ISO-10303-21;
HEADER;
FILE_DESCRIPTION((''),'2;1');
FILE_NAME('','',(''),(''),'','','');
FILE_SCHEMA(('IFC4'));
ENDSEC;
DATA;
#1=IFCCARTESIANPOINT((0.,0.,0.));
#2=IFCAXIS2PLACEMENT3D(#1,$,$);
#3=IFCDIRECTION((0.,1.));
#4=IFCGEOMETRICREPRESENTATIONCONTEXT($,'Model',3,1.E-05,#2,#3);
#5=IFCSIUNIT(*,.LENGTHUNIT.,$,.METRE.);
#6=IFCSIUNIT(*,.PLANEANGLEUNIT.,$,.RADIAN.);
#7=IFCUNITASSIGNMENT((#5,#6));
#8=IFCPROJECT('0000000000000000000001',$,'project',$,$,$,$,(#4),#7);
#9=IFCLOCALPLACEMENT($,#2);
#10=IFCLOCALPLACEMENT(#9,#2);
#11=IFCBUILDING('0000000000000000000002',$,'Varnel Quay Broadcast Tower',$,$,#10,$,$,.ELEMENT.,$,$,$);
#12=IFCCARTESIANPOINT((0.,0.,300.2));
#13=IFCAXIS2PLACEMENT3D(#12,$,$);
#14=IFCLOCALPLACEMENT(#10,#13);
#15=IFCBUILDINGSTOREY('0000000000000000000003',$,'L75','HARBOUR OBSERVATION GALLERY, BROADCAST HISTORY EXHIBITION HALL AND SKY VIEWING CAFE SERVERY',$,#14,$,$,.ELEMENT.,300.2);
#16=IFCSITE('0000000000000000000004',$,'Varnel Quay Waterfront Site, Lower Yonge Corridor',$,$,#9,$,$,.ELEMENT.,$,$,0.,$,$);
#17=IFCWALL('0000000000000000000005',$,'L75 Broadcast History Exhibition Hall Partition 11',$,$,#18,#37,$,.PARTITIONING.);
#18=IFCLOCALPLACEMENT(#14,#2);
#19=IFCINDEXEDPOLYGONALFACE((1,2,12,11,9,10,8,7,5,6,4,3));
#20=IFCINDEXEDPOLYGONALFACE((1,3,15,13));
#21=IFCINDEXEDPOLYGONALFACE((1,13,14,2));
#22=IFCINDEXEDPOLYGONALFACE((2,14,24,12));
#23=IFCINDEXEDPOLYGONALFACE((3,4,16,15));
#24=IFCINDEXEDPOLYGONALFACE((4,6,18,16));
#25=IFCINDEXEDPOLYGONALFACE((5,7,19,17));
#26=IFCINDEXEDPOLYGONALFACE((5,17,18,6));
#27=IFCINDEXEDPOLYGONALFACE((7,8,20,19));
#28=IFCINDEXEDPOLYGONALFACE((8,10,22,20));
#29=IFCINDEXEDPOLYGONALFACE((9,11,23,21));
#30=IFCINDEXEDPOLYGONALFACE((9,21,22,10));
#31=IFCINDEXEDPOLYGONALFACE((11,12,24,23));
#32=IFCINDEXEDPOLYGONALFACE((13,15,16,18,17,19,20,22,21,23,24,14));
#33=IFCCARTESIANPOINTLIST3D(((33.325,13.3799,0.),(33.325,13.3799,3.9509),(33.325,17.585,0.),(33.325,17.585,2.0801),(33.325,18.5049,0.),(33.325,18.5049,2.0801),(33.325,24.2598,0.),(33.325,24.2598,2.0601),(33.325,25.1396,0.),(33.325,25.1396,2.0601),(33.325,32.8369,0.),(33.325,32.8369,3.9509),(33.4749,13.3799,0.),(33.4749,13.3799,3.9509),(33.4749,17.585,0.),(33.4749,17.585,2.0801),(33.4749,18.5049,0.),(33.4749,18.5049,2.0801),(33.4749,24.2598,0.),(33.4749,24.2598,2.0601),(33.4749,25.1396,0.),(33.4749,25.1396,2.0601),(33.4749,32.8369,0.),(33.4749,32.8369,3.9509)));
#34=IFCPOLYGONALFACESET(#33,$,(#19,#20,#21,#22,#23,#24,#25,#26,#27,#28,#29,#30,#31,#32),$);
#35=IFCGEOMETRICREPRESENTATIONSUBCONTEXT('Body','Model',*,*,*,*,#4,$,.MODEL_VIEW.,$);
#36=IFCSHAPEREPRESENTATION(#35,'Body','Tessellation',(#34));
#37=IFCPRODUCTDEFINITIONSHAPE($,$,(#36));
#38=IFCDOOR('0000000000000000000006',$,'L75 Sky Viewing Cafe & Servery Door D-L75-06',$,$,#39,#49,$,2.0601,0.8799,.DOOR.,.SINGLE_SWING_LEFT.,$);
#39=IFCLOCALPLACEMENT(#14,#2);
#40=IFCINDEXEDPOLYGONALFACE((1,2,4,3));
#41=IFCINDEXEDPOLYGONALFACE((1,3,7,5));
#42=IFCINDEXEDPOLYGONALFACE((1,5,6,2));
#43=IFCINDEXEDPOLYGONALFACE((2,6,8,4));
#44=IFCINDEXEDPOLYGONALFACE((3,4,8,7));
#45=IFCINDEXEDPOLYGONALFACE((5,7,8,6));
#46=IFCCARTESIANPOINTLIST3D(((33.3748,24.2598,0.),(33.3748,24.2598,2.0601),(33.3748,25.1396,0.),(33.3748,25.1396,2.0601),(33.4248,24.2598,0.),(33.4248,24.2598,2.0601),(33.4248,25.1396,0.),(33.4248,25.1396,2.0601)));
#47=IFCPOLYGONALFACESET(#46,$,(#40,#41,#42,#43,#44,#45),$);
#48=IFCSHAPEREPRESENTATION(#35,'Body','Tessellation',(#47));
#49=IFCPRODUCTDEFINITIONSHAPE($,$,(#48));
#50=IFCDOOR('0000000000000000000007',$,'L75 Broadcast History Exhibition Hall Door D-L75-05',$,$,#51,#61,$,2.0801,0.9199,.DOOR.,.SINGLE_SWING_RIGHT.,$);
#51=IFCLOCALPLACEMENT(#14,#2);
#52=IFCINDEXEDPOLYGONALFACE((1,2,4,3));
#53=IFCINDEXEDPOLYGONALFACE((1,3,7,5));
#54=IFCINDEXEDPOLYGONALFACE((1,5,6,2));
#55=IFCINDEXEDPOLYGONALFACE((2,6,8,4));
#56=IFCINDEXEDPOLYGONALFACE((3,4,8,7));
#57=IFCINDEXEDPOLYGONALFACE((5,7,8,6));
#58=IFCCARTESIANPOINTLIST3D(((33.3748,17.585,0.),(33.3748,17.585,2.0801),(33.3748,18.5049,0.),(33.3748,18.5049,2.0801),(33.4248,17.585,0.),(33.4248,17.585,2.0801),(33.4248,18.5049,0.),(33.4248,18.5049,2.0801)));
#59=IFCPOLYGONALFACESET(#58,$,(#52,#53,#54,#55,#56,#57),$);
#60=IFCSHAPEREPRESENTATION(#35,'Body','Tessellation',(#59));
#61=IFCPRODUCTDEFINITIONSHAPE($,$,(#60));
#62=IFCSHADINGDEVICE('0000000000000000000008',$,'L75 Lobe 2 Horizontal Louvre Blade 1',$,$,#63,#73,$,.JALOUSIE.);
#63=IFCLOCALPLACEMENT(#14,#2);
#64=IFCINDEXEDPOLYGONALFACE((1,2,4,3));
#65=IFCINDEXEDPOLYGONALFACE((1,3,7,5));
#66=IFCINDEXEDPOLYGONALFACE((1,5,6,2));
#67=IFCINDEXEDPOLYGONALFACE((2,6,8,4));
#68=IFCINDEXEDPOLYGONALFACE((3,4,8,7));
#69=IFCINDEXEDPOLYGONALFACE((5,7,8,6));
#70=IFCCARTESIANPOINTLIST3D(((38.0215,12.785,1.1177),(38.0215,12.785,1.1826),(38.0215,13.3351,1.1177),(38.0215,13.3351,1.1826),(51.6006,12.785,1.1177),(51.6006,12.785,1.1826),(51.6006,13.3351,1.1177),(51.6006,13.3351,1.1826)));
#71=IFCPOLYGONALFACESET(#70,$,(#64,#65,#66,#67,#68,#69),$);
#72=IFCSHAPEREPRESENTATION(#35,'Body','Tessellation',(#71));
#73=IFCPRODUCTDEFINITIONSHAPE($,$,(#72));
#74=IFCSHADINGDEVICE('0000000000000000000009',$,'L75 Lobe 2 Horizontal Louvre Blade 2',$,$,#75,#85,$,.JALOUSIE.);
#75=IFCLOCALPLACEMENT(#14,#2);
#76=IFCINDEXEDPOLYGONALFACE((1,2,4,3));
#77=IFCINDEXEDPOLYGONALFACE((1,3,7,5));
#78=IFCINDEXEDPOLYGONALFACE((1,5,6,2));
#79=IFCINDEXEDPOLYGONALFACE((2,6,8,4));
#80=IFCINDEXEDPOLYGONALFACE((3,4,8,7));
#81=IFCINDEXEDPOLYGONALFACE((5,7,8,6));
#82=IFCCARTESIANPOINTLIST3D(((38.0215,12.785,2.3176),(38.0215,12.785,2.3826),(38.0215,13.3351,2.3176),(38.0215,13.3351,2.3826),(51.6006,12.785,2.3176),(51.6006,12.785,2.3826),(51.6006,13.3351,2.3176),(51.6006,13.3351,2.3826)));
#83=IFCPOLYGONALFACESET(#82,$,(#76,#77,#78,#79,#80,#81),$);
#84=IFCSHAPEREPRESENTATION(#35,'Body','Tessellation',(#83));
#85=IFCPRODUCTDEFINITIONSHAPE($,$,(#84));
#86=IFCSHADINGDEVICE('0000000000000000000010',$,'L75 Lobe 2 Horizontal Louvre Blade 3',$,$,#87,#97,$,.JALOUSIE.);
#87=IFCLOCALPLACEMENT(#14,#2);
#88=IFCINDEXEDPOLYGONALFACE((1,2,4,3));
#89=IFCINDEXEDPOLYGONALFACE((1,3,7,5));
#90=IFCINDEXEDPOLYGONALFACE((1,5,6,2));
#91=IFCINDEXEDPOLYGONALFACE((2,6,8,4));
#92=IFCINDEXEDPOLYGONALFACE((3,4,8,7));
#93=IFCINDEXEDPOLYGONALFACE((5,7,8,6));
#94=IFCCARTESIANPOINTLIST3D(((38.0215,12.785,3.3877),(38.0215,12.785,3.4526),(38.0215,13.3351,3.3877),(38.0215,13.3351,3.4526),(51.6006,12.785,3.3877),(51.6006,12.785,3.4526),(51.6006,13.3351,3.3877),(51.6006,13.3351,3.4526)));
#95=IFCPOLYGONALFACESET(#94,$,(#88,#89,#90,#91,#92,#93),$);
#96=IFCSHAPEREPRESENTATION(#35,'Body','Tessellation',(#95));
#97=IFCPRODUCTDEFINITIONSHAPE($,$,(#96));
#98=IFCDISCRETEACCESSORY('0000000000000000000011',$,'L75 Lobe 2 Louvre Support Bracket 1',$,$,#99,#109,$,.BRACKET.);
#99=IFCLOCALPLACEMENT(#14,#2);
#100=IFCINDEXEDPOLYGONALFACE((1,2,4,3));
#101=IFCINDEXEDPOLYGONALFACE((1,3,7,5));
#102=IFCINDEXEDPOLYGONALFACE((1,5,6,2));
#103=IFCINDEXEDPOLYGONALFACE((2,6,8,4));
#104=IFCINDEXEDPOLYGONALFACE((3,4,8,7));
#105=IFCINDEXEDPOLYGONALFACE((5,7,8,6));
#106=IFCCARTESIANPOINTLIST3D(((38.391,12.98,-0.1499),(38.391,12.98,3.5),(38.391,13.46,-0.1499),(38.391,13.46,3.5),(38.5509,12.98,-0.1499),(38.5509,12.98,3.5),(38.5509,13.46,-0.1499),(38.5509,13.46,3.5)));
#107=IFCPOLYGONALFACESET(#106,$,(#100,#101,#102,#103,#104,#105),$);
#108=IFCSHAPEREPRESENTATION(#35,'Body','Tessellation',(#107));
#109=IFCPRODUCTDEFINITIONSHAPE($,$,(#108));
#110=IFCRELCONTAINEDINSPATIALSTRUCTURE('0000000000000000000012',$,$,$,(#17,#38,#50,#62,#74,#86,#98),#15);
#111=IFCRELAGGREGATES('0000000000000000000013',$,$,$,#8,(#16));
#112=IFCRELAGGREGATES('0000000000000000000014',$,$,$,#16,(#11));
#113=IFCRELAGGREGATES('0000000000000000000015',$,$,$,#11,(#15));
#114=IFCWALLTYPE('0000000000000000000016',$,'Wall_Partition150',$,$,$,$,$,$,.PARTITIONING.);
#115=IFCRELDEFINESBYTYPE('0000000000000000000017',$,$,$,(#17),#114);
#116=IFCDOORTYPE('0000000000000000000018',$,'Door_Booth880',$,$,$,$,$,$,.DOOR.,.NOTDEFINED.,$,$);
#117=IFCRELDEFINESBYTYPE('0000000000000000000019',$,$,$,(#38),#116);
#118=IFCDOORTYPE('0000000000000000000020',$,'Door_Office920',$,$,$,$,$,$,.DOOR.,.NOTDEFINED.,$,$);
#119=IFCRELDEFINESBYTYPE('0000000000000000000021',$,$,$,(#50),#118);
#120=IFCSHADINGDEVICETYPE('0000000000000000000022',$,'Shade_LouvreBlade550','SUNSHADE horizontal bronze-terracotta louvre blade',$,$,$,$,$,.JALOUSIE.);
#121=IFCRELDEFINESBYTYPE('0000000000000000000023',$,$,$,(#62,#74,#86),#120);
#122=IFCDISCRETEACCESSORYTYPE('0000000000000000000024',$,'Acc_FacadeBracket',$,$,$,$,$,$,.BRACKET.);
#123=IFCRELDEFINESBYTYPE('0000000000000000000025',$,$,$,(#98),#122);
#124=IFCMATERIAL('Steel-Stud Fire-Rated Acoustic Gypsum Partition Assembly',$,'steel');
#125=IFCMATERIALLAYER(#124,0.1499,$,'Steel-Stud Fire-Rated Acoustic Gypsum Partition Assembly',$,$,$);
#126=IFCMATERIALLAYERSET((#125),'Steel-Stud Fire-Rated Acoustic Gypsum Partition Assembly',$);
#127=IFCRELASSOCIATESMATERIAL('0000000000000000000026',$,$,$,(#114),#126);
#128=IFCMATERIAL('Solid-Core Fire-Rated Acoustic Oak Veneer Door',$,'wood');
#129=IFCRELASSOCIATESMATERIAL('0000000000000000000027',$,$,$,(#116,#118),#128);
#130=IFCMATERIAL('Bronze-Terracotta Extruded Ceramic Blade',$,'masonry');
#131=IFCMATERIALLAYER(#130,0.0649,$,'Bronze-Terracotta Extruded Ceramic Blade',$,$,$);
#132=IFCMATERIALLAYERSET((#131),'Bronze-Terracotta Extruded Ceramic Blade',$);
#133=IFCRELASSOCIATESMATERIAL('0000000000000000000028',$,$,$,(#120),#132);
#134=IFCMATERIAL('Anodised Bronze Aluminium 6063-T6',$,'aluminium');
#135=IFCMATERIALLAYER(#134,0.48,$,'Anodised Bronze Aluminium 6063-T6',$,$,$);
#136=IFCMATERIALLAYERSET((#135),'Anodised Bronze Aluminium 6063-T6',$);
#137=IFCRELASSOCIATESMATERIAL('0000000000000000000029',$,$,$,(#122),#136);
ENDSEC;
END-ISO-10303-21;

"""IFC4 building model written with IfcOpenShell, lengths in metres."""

from ifc_helpers import new_model, si_unit, direction, frame, frame_2d, origin, origin_2d, place, context, subcontext, project, spatial, rectangle, extrude, source, transform, mapped, material, layer, layer_set, type_object, type_shapes, element, fill, save


model = new_model("IFC4")

# Units and contexts
model_context = context("Model", 3, precision=1e-05, world=origin(), true_north=direction((0.0, 1.0)))
body_context = subcontext(model_context, "Body", "Model", "MODEL_VIEW")
ifc_project = project(units=[si_unit("LENGTHUNIT", "METRE"), si_unit("PLANEANGLEUNIT", "RADIAN")], contexts=[model_context])

# Site, building, storey
site_placement = place(None, origin())
site = spatial("IfcSite", under=ifc_project, at=site_placement, Name="Varnel Quay Waterfront Site, Lower Yonge Corridor", CompositionType="ELEMENT", RefElevation=0.0)
building_placement = place(site_placement, origin())
building = spatial("IfcBuilding", under=site, at=building_placement, Name="Varnel Quay Broadcast Tower", CompositionType="ELEMENT")
storey_placement = place(building_placement, frame((0.0, 0.0, 300.2)))
storey = spatial("IfcBuildingStorey", under=building, at=storey_placement, Name="L75", Description="HARBOUR OBSERVATION GALLERY, BROADCAST HISTORY EXHIBITION HALL AND SKY VIEWING CAFE SERVERY", CompositionType="ELEMENT", Elevation=300.2)

# Shared definitions
ifc_material_1 = material(Name="Anodised Bronze Aluminium 6063-T6", Category="aluminium")

# Shared definitions
ifc_material_2 = material(Name="Steel-Stud Fire-Rated Acoustic Gypsum Partition Assembly", Category="steel")
ifc_layer_1 = layer(ifc_material_2, 0.1499, Name="Steel-Stud Fire-Rated Acoustic Gypsum Partition Assembly")
ifc_layer_set_1 = layer_set([ifc_layer_1], Name="Steel-Stud Fire-Rated Acoustic Gypsum Partition Assembly")
wall_type = type_object("IfcWallType", Name="Wall_Partition150", PredefinedType="PARTITIONING", material=ifc_layer_set_1)

# Wall, openings, doors
wall_1_placement = place(storey_placement, frame((33.3999, 13.3799, 0.0), z_axis=(0.0, 0.0, 1.0), x_axis=(0.0, 1.0, 0.0)))
wall_1 = element("IfcWall", 1, at=wall_1_placement, inside=storey, type_object=wall_type, Name="L75 Broadcast History Exhibition Hall Partition 11", PredefinedType="PARTITIONING", context=body_context, shape_type="SweptSolid", body=[
    extrude(rectangle(XDim=19.457, YDim=0.1499, at=frame_2d((9.7285, 0.0))), origin(), (0.0, 0.0, 1.0), 3.9509),
])
opening_1_placement = place(wall_1_placement, frame((4.2051, 0.0, 0.0)))
opening_1 = element("IfcOpeningElement", 2, at=opening_1_placement, cuts=wall_1, PredefinedType="OPENING", context=body_context, shape_type="SweptSolid", body=[
    extrude(rectangle(XDim=0.9199, YDim=2.0801, at=frame_2d((0.46, 1.04))), frame((0.0, 0.085, 0.0), z_axis=(0.0, -1.0, 0.0), x_axis=(1.0, 0.0, 0.0)), (0.0, 0.0, 1.0), 0.1699),
])
opening_2_placement = place(wall_1_placement, frame((10.8799, 0.0, 0.0)))
opening_2 = element("IfcOpeningElement", 3, at=opening_2_placement, cuts=wall_1, PredefinedType="OPENING", context=body_context, shape_type="SweptSolid", body=[
    extrude(rectangle(XDim=0.8799, YDim=2.0601, at=frame_2d((0.4399, 1.03))), frame((0.0, 0.085, 0.0), z_axis=(0.0, -1.0, 0.0), x_axis=(1.0, 0.0, 0.0)), (0.0, 0.0, 1.0), 0.1699),
])
ifc_material_3 = material(Name="Solid-Core Fire-Rated Acoustic Oak Veneer Door", Category="wood")
door_type_1 = type_object("IfcDoorType", Name="Door_Booth880", OperationType="NOTDEFINED", PredefinedType="DOOR", material=ifc_material_3)
shared_shape_1 = source(origin(), body_context, "Body", "SweptSolid", [
    extrude(rectangle(XDim=0.8799, YDim=2.0601, at=frame_2d((0.4399, 1.03))), frame((0.0, 0.0249, 0.0), z_axis=(0.0, -1.0, 0.0), x_axis=(1.0, 0.0, 0.0)), (0.0, 0.0, 1.0), 0.05),
])
type_shapes(door_type_1, [shared_shape_1])
door_1_placement = place(opening_2_placement, frame((0.8799, 0.0, 0.0), z_axis=(0.0, 0.0, 1.0), x_axis=(-1.0, 0.0, 0.0)))
door_1 = element("IfcDoor", 4, at=door_1_placement, inside=storey, type_object=door_type_1, Name="L75 Sky Viewing Cafe & Servery Door D-L75-06", OperationType="SINGLE_SWING_LEFT", OverallHeight=2.0601, OverallWidth=0.8799, PredefinedType="DOOR", context=body_context, shape_type="MappedRepresentation", body=[
    mapped(shared_shape_1, transform((0.0, 0.0, 0.0), x_axis=(1.0, 0.0, 0.0), y_axis=(0.0, 1.0, 0.0), z_axis=(0.0, 0.0, 1.0), scale=1.0)),
])
fill(opening_2, door_1)
door_type_2 = type_object("IfcDoorType", Name="Door_Office920", OperationType="NOTDEFINED", PredefinedType="DOOR", material=ifc_material_3)
shared_shape_2 = source(origin(), body_context, "Body", "SweptSolid", [
    extrude(rectangle(XDim=0.9199, YDim=2.0801, at=frame_2d((0.46, 1.04))), frame((0.0, 0.0249, 0.0), z_axis=(0.0, -1.0, 0.0), x_axis=(1.0, 0.0, 0.0)), (0.0, 0.0, 1.0), 0.05),
])
type_shapes(door_type_2, [shared_shape_2])
door_2_placement = place(opening_1_placement, frame((0.9199, 0.0, 0.0), z_axis=(0.0, 0.0, 1.0), x_axis=(-1.0, 0.0, 0.0)))
door_2 = element("IfcDoor", 5, at=door_2_placement, inside=storey, type_object=door_type_2, Name="L75 Broadcast History Exhibition Hall Door D-L75-05", OperationType="SINGLE_SWING_RIGHT", OverallHeight=2.0801, OverallWidth=0.9199, PredefinedType="DOOR", context=body_context, shape_type="MappedRepresentation", body=[
    mapped(shared_shape_2, transform((0.0, 0.0, 0.0), x_axis=(1.0, 0.0, 0.0), y_axis=(0.0, 1.0, 0.0), z_axis=(0.0, 0.0, 1.0), scale=1.0)),
])
fill(opening_1, door_2)

# Shading devices
ifc_material_4 = material(Name="Bronze-Terracotta Extruded Ceramic Blade", Category="masonry")
ifc_layer_2 = layer(ifc_material_4, 0.0649, Name="Bronze-Terracotta Extruded Ceramic Blade")
ifc_layer_set_2 = layer_set([ifc_layer_2], Name="Bronze-Terracotta Extruded Ceramic Blade")
shading_device_type = type_object("IfcShadingDeviceType", Name="Shade_LouvreBlade550", Description="SUNSHADE horizontal bronze-terracotta louvre blade", PredefinedType="JALOUSIE", material=ifc_layer_set_2)
shared_shape_3 = source(origin(), body_context, "Body", "SweptSolid", [
    extrude(rectangle(XDim=13.5791, YDim=0.55, at=origin_2d()), origin(), (0.0, 0.0, 1.0), 0.0649),
])
type_shapes(shading_device_type, [shared_shape_3])
for number, where, z_axis, x_axis, name in (
    (6, (44.811, 13.0601, 1.1177), (0.0, 0.0, 1.0), (1.0, 0.0, 0.0), "L75 Lobe 2 Horizontal Louvre Blade 1"),
    (7, (44.811, 13.0601, 2.3176), (0.0, 0.0, 1.0), (1.0, 0.0, 0.0), "L75 Lobe 2 Horizontal Louvre Blade 2"),
    (8, (44.811, 13.0601, 3.3877), (0.0, 0.0, 1.0), (1.0, 0.0, 0.0), "L75 Lobe 2 Horizontal Louvre Blade 3"),
):
    element("IfcShadingDevice", number, at=place(storey_placement, frame(where, z_axis=z_axis, x_axis=x_axis)), inside=storey, type_object=shading_device_type, Name=name, PredefinedType="JALOUSIE", context=body_context, shape_type="MappedRepresentation", body=[
        mapped(shared_shape_3, transform((0.0, 0.0, 0.0), x_axis=(1.0, 0.0, 0.0), y_axis=(0.0, 1.0, 0.0), z_axis=(0.0, 0.0, 1.0), scale=1.0)),
    ])

# Discrete accessory
ifc_layer_3 = layer(ifc_material_1, 0.48, Name="Anodised Bronze Aluminium 6063-T6")
ifc_layer_set_3 = layer_set([ifc_layer_3], Name="Anodised Bronze Aluminium 6063-T6")
discrete_accessory_type = type_object("IfcDiscreteAccessoryType", Name="Acc_FacadeBracket", PredefinedType="BRACKET", material=ifc_layer_set_3)
shared_shape_4 = source(origin(), body_context, "Body", "SweptSolid", [
    extrude(rectangle(XDim=0.1599, YDim=0.48, at=origin_2d()), origin(), (0.0, 0.0, 1.0), 3.6499),
])
type_shapes(discrete_accessory_type, [shared_shape_4])
discrete_accessory_placement = place(storey_placement, frame((38.4709, 13.22, -0.1499), z_axis=(0.0, 0.0, 1.0), x_axis=(1.0, 0.0, 0.0)))
element("IfcDiscreteAccessory", 9, at=discrete_accessory_placement, inside=storey, type_object=discrete_accessory_type, Name="L75 Lobe 2 Louvre Support Bracket 1", PredefinedType="BRACKET", context=body_context, shape_type="MappedRepresentation", body=[
    mapped(shared_shape_4, transform((0.0, 0.0, 0.0), x_axis=(1.0, 0.0, 0.0), y_axis=(0.0, 1.0, 0.0), z_axis=(0.0, 0.0, 1.0), scale=1.0)),
])

save(model, "model.ifc")
